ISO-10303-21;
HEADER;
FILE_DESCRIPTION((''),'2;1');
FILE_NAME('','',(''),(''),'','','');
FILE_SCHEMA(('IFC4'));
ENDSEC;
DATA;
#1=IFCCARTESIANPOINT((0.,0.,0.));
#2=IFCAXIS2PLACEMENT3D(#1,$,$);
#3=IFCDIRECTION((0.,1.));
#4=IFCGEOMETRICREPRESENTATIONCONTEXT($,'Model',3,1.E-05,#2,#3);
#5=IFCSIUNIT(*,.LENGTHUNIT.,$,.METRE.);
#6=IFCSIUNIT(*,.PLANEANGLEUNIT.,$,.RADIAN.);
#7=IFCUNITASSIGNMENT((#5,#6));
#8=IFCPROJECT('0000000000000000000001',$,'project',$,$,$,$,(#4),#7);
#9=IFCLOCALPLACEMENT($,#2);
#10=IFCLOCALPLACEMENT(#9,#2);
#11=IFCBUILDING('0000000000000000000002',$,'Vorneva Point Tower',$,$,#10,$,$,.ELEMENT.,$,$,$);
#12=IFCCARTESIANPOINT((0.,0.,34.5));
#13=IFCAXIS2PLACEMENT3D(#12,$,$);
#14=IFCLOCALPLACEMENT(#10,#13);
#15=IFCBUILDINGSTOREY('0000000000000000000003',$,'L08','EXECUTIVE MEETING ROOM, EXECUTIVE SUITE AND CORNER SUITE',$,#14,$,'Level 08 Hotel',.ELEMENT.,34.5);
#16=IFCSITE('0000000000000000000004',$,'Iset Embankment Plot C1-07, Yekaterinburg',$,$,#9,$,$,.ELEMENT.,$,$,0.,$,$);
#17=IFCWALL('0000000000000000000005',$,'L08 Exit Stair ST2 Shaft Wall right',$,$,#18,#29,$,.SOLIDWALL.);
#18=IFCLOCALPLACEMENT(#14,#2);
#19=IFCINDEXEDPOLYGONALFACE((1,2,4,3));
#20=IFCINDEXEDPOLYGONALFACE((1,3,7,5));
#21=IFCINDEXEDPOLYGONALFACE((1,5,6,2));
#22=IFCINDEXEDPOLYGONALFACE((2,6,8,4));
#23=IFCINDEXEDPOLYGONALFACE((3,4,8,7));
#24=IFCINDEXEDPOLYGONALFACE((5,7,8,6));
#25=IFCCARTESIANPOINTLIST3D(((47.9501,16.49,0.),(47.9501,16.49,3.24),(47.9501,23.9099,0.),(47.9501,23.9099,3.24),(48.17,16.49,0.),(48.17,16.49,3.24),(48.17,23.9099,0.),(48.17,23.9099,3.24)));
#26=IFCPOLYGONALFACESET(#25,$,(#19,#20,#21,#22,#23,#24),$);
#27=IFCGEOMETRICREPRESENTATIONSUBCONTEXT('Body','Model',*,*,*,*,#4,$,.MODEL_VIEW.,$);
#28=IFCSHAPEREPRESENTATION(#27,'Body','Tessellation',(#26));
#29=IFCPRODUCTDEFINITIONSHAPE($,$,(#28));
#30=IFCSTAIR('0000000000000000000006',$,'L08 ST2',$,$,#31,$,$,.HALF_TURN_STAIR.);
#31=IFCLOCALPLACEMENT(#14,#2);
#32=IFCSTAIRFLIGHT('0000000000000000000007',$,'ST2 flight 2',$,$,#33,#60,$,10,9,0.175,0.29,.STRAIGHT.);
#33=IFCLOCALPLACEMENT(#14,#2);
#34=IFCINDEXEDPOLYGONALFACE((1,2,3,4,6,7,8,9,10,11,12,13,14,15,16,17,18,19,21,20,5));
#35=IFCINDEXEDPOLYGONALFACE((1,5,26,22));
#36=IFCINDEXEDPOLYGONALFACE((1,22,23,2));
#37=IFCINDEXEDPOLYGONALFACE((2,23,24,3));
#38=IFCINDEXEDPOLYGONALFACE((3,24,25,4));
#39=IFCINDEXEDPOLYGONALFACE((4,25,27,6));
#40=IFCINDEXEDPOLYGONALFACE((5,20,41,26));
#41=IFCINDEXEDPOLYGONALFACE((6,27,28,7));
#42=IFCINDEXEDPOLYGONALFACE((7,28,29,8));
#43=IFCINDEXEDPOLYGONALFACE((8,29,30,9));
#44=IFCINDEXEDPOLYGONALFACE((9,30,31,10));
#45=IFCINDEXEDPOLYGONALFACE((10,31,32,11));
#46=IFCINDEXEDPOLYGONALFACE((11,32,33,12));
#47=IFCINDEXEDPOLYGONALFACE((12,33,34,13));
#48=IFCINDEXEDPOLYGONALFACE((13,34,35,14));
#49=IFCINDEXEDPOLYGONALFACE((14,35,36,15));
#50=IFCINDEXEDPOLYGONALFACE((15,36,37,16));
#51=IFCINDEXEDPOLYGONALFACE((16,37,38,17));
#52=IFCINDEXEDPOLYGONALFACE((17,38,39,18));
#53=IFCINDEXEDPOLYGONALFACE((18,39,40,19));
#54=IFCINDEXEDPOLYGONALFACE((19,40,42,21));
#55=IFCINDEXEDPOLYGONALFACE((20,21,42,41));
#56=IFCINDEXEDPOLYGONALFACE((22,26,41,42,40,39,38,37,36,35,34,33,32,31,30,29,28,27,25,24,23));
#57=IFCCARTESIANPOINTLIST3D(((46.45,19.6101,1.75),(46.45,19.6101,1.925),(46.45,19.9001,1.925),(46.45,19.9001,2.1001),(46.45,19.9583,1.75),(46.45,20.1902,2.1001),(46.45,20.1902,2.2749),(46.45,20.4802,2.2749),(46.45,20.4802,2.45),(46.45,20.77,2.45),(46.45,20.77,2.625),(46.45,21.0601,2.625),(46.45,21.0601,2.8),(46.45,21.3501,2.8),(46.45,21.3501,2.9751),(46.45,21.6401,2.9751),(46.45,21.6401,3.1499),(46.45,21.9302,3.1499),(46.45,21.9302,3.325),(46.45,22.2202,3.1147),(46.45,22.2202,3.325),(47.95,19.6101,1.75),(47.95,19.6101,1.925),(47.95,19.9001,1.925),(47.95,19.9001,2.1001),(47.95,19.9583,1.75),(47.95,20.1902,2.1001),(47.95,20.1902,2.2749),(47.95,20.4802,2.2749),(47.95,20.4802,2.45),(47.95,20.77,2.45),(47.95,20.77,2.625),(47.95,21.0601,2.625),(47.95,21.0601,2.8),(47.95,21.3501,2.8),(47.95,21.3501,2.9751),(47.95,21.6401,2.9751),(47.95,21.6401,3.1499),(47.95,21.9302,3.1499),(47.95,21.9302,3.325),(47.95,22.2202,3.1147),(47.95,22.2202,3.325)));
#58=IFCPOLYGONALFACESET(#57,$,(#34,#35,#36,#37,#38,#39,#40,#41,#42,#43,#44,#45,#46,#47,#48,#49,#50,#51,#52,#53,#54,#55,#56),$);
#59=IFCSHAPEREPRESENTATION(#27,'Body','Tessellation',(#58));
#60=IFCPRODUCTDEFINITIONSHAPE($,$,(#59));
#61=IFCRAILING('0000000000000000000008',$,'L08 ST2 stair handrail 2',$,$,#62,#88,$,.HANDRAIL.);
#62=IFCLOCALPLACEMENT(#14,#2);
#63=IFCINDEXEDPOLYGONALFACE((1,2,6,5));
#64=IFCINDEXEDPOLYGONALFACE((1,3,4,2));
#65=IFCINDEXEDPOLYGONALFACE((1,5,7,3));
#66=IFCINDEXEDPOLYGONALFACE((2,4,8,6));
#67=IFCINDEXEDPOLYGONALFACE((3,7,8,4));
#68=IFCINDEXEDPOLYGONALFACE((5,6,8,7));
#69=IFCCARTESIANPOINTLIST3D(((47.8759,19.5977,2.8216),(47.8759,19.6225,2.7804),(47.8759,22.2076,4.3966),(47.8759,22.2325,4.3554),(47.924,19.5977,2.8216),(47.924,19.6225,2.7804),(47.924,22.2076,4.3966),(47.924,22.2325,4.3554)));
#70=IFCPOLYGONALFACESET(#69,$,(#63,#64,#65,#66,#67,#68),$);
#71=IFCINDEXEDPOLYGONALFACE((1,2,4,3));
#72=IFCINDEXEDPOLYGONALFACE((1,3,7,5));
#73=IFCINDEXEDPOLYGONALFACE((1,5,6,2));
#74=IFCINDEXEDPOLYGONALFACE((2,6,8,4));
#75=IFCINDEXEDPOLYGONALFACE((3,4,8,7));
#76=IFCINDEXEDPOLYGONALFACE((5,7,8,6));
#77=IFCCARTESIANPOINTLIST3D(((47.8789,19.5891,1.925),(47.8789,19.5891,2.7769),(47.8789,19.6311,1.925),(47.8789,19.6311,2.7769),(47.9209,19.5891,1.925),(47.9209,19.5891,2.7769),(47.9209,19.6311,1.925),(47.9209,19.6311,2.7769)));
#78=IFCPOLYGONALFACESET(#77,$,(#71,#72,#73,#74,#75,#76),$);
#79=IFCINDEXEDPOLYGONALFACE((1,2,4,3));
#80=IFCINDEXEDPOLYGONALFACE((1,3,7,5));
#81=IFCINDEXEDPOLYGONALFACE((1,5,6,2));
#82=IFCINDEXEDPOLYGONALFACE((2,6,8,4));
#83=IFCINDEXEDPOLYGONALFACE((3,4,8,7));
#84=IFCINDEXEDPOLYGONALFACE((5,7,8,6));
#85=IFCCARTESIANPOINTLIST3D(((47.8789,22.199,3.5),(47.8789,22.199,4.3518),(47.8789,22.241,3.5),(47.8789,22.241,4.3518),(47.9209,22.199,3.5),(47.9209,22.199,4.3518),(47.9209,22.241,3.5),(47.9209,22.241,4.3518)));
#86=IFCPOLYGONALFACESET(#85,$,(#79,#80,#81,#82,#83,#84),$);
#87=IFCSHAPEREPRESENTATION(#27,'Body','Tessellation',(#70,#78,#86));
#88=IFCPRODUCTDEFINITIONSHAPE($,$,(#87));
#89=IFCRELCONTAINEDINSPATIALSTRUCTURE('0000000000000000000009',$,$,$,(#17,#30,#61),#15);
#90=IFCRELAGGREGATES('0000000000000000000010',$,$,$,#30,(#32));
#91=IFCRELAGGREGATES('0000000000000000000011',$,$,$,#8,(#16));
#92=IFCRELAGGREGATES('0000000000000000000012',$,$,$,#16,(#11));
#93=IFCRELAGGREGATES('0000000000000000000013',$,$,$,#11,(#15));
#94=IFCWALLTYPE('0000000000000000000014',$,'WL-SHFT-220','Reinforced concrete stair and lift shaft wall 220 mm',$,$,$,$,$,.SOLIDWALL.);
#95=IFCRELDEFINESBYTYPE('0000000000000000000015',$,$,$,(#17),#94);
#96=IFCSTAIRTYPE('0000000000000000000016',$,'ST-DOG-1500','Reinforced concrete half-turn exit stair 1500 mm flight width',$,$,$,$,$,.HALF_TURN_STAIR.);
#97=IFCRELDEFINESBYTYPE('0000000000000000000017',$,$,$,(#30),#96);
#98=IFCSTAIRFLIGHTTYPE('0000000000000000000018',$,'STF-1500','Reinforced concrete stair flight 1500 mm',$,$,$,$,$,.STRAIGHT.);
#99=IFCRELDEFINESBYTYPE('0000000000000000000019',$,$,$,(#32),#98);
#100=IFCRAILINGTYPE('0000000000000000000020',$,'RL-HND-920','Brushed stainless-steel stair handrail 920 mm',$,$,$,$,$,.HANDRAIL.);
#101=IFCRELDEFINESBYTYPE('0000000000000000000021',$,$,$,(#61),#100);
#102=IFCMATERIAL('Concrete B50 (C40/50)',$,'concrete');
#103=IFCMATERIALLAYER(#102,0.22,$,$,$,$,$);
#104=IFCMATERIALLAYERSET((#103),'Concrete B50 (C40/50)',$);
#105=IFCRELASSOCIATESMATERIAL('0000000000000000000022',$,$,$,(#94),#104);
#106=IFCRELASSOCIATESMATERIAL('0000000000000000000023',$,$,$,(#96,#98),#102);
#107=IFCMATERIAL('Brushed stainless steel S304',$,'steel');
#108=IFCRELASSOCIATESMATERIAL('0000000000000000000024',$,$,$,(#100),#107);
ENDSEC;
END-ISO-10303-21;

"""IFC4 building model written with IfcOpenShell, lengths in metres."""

from ifc_helpers import new_model, si_unit, direction, frame, frame_2d, origin, origin_2d, place, context, subcontext, project, spatial, polyline, rectangle, outline, extrude, material, layer, layer_set, type_object, element, aggregate, save


model = new_model("IFC4")

# Units and contexts
model_context = context("Model", 3, precision=1e-05, world=origin(), true_north=direction((0.0, 1.0)))
body_context = subcontext(model_context, "Body", "Model", "MODEL_VIEW")
ifc_project = project(units=[si_unit("LENGTHUNIT", "METRE"), si_unit("PLANEANGLEUNIT", "RADIAN")], contexts=[model_context])

# Site, building, storey
site_placement = place(None, origin())
site = spatial("IfcSite", under=ifc_project, at=site_placement, Name="Iset Embankment Plot C1-07, Yekaterinburg", CompositionType="ELEMENT", RefElevation=0.0)
building_placement = place(site_placement, origin())
building = spatial("IfcBuilding", under=site, at=building_placement, Name="Vorneva Point Tower", CompositionType="ELEMENT")
storey_placement = place(building_placement, frame((0.0, 0.0, 34.5)))
storey = spatial("IfcBuildingStorey", under=building, at=storey_placement, Name="L08", Description="EXECUTIVE MEETING ROOM, EXECUTIVE SUITE AND CORNER SUITE", LongName="Level 08 Hotel", CompositionType="ELEMENT", Elevation=34.5)

# Wall
ifc_material_1 = material(Name="Concrete B50 (C40/50)", Category="concrete")
ifc_layer_1 = layer(ifc_material_1, 0.22)
ifc_layer_set_1 = layer_set([ifc_layer_1], Name="Concrete B50 (C40/50)")
wall_type_1 = type_object("IfcWallType", Name="WL-SHFT-220", Description="Reinforced concrete stair and lift shaft wall 220 mm", PredefinedType="SOLIDWALL", material=ifc_layer_set_1)
wall_1_placement = place(storey_placement, frame((48.0601, 23.9099, 0.0), z_axis=(0.0, 0.0, 1.0), x_axis=(0.0, -1.0, 0.0)))
element("IfcWall", 1, at=wall_1_placement, inside=storey, type_object=wall_type_1, Name="L08 Exit Stair ST2 Shaft Wall right", PredefinedType="SOLIDWALL", context=body_context, shape_type="SweptSolid", body=[
    extrude(rectangle(XDim=7.4199, YDim=0.22, at=frame_2d((3.71, 0.0))), origin(), (0.0, 0.0, 1.0), 3.24),
])

# Stair, stair flight
stair_type = type_object("IfcStairType", Name="ST-DOG-1500", Description="Reinforced concrete half-turn exit stair 1500 mm flight width", PredefinedType="HALF_TURN_STAIR", material=ifc_material_1)
stair_placement = place(storey_placement, origin())
stair = element("IfcStair", 2, at=stair_placement, inside=storey, type_object=stair_type, Name="L08 ST2", PredefinedType="HALF_TURN_STAIR")
stair_flight_type = type_object("IfcStairFlightType", Name="STF-1500", Description="Reinforced concrete stair flight 1500 mm", PredefinedType="STRAIGHT", material=ifc_material_1)
stair_flight_placement = place(storey_placement, frame((47.2, 19.6101, 1.75), z_axis=(0.0, 0.0, 1.0), x_axis=(0.0, 1.0, 0.0)))
stair_flight = element("IfcStairFlight", 3, at=stair_flight_placement, type_object=stair_flight_type, Name="ST2 flight 2", NumberOfRisers=10, NumberOfTreads=9, PredefinedType="STRAIGHT", RiserHeight=0.175, TreadLength=0.29, context=body_context, shape_type="SweptSolid", body=[
    extrude(outline(polyline([(0.0, 0.0), (0.0, 0.175), (0.29, 0.175), (0.29, 0.3501), (0.5801, 0.3501), (0.5801, 0.5249), (0.8701, 0.5249), (0.8701, 0.7), (1.1599, 0.7), (1.1599, 0.875), (1.45, 0.875), (1.45, 1.05), (1.74, 1.05), (1.74, 1.2251), (2.03, 1.2251), (2.03, 1.3999), (2.3201, 1.3999), (2.3201, 1.575), (2.6101, 1.575), (2.6101, 1.75), (2.6101, 1.3647), (0.3481, 0.0), (0.0, 0.0)])), frame((0.0, 0.75, 0.0), z_axis=(0.0, -1.0, 0.0), x_axis=(1.0, 0.0, 0.0)), (0.0, 0.0, 1.0), 1.5),
])
aggregate(stair, [stair_flight])

# Railing
ifc_material_2 = material(Name="Brushed stainless steel S304", Category="steel")
railing_type_1 = type_object("IfcRailingType", Name="RL-HND-920", Description="Brushed stainless-steel stair handrail 920 mm", PredefinedType="HANDRAIL", material=ifc_material_2)
railing_1_placement = place(storey_placement, frame((47.8999, 19.6101, 1.925)))
element("IfcRailing", 4, at=railing_1_placement, inside=storey, type_object=railing_type_1, Name="L08 ST2 stair handrail 2", PredefinedType="HANDRAIL", context=body_context, shape_type="SweptSolid", body=[
    extrude(rectangle(XDim=0.0481, YDim=0.0481, at=origin_2d()), frame((0.0, 0.0, 0.876), z_axis=(0.0, 0.856183, 0.516673), x_axis=(-1.0, 0.0, 0.0)), (0.0, 0.0, 1.0), 3.0483),
    extrude(rectangle(XDim=0.042, YDim=0.042, at=origin_2d()), origin(), (0.0, 0.0, 1.0), 0.8518),
    extrude(rectangle(XDim=0.042, YDim=0.042, at=origin_2d()), frame((0.0, 2.6099, 1.575)), (0.0, 0.0, 1.0), 0.8518),
])

save(model, "model.ifc")
